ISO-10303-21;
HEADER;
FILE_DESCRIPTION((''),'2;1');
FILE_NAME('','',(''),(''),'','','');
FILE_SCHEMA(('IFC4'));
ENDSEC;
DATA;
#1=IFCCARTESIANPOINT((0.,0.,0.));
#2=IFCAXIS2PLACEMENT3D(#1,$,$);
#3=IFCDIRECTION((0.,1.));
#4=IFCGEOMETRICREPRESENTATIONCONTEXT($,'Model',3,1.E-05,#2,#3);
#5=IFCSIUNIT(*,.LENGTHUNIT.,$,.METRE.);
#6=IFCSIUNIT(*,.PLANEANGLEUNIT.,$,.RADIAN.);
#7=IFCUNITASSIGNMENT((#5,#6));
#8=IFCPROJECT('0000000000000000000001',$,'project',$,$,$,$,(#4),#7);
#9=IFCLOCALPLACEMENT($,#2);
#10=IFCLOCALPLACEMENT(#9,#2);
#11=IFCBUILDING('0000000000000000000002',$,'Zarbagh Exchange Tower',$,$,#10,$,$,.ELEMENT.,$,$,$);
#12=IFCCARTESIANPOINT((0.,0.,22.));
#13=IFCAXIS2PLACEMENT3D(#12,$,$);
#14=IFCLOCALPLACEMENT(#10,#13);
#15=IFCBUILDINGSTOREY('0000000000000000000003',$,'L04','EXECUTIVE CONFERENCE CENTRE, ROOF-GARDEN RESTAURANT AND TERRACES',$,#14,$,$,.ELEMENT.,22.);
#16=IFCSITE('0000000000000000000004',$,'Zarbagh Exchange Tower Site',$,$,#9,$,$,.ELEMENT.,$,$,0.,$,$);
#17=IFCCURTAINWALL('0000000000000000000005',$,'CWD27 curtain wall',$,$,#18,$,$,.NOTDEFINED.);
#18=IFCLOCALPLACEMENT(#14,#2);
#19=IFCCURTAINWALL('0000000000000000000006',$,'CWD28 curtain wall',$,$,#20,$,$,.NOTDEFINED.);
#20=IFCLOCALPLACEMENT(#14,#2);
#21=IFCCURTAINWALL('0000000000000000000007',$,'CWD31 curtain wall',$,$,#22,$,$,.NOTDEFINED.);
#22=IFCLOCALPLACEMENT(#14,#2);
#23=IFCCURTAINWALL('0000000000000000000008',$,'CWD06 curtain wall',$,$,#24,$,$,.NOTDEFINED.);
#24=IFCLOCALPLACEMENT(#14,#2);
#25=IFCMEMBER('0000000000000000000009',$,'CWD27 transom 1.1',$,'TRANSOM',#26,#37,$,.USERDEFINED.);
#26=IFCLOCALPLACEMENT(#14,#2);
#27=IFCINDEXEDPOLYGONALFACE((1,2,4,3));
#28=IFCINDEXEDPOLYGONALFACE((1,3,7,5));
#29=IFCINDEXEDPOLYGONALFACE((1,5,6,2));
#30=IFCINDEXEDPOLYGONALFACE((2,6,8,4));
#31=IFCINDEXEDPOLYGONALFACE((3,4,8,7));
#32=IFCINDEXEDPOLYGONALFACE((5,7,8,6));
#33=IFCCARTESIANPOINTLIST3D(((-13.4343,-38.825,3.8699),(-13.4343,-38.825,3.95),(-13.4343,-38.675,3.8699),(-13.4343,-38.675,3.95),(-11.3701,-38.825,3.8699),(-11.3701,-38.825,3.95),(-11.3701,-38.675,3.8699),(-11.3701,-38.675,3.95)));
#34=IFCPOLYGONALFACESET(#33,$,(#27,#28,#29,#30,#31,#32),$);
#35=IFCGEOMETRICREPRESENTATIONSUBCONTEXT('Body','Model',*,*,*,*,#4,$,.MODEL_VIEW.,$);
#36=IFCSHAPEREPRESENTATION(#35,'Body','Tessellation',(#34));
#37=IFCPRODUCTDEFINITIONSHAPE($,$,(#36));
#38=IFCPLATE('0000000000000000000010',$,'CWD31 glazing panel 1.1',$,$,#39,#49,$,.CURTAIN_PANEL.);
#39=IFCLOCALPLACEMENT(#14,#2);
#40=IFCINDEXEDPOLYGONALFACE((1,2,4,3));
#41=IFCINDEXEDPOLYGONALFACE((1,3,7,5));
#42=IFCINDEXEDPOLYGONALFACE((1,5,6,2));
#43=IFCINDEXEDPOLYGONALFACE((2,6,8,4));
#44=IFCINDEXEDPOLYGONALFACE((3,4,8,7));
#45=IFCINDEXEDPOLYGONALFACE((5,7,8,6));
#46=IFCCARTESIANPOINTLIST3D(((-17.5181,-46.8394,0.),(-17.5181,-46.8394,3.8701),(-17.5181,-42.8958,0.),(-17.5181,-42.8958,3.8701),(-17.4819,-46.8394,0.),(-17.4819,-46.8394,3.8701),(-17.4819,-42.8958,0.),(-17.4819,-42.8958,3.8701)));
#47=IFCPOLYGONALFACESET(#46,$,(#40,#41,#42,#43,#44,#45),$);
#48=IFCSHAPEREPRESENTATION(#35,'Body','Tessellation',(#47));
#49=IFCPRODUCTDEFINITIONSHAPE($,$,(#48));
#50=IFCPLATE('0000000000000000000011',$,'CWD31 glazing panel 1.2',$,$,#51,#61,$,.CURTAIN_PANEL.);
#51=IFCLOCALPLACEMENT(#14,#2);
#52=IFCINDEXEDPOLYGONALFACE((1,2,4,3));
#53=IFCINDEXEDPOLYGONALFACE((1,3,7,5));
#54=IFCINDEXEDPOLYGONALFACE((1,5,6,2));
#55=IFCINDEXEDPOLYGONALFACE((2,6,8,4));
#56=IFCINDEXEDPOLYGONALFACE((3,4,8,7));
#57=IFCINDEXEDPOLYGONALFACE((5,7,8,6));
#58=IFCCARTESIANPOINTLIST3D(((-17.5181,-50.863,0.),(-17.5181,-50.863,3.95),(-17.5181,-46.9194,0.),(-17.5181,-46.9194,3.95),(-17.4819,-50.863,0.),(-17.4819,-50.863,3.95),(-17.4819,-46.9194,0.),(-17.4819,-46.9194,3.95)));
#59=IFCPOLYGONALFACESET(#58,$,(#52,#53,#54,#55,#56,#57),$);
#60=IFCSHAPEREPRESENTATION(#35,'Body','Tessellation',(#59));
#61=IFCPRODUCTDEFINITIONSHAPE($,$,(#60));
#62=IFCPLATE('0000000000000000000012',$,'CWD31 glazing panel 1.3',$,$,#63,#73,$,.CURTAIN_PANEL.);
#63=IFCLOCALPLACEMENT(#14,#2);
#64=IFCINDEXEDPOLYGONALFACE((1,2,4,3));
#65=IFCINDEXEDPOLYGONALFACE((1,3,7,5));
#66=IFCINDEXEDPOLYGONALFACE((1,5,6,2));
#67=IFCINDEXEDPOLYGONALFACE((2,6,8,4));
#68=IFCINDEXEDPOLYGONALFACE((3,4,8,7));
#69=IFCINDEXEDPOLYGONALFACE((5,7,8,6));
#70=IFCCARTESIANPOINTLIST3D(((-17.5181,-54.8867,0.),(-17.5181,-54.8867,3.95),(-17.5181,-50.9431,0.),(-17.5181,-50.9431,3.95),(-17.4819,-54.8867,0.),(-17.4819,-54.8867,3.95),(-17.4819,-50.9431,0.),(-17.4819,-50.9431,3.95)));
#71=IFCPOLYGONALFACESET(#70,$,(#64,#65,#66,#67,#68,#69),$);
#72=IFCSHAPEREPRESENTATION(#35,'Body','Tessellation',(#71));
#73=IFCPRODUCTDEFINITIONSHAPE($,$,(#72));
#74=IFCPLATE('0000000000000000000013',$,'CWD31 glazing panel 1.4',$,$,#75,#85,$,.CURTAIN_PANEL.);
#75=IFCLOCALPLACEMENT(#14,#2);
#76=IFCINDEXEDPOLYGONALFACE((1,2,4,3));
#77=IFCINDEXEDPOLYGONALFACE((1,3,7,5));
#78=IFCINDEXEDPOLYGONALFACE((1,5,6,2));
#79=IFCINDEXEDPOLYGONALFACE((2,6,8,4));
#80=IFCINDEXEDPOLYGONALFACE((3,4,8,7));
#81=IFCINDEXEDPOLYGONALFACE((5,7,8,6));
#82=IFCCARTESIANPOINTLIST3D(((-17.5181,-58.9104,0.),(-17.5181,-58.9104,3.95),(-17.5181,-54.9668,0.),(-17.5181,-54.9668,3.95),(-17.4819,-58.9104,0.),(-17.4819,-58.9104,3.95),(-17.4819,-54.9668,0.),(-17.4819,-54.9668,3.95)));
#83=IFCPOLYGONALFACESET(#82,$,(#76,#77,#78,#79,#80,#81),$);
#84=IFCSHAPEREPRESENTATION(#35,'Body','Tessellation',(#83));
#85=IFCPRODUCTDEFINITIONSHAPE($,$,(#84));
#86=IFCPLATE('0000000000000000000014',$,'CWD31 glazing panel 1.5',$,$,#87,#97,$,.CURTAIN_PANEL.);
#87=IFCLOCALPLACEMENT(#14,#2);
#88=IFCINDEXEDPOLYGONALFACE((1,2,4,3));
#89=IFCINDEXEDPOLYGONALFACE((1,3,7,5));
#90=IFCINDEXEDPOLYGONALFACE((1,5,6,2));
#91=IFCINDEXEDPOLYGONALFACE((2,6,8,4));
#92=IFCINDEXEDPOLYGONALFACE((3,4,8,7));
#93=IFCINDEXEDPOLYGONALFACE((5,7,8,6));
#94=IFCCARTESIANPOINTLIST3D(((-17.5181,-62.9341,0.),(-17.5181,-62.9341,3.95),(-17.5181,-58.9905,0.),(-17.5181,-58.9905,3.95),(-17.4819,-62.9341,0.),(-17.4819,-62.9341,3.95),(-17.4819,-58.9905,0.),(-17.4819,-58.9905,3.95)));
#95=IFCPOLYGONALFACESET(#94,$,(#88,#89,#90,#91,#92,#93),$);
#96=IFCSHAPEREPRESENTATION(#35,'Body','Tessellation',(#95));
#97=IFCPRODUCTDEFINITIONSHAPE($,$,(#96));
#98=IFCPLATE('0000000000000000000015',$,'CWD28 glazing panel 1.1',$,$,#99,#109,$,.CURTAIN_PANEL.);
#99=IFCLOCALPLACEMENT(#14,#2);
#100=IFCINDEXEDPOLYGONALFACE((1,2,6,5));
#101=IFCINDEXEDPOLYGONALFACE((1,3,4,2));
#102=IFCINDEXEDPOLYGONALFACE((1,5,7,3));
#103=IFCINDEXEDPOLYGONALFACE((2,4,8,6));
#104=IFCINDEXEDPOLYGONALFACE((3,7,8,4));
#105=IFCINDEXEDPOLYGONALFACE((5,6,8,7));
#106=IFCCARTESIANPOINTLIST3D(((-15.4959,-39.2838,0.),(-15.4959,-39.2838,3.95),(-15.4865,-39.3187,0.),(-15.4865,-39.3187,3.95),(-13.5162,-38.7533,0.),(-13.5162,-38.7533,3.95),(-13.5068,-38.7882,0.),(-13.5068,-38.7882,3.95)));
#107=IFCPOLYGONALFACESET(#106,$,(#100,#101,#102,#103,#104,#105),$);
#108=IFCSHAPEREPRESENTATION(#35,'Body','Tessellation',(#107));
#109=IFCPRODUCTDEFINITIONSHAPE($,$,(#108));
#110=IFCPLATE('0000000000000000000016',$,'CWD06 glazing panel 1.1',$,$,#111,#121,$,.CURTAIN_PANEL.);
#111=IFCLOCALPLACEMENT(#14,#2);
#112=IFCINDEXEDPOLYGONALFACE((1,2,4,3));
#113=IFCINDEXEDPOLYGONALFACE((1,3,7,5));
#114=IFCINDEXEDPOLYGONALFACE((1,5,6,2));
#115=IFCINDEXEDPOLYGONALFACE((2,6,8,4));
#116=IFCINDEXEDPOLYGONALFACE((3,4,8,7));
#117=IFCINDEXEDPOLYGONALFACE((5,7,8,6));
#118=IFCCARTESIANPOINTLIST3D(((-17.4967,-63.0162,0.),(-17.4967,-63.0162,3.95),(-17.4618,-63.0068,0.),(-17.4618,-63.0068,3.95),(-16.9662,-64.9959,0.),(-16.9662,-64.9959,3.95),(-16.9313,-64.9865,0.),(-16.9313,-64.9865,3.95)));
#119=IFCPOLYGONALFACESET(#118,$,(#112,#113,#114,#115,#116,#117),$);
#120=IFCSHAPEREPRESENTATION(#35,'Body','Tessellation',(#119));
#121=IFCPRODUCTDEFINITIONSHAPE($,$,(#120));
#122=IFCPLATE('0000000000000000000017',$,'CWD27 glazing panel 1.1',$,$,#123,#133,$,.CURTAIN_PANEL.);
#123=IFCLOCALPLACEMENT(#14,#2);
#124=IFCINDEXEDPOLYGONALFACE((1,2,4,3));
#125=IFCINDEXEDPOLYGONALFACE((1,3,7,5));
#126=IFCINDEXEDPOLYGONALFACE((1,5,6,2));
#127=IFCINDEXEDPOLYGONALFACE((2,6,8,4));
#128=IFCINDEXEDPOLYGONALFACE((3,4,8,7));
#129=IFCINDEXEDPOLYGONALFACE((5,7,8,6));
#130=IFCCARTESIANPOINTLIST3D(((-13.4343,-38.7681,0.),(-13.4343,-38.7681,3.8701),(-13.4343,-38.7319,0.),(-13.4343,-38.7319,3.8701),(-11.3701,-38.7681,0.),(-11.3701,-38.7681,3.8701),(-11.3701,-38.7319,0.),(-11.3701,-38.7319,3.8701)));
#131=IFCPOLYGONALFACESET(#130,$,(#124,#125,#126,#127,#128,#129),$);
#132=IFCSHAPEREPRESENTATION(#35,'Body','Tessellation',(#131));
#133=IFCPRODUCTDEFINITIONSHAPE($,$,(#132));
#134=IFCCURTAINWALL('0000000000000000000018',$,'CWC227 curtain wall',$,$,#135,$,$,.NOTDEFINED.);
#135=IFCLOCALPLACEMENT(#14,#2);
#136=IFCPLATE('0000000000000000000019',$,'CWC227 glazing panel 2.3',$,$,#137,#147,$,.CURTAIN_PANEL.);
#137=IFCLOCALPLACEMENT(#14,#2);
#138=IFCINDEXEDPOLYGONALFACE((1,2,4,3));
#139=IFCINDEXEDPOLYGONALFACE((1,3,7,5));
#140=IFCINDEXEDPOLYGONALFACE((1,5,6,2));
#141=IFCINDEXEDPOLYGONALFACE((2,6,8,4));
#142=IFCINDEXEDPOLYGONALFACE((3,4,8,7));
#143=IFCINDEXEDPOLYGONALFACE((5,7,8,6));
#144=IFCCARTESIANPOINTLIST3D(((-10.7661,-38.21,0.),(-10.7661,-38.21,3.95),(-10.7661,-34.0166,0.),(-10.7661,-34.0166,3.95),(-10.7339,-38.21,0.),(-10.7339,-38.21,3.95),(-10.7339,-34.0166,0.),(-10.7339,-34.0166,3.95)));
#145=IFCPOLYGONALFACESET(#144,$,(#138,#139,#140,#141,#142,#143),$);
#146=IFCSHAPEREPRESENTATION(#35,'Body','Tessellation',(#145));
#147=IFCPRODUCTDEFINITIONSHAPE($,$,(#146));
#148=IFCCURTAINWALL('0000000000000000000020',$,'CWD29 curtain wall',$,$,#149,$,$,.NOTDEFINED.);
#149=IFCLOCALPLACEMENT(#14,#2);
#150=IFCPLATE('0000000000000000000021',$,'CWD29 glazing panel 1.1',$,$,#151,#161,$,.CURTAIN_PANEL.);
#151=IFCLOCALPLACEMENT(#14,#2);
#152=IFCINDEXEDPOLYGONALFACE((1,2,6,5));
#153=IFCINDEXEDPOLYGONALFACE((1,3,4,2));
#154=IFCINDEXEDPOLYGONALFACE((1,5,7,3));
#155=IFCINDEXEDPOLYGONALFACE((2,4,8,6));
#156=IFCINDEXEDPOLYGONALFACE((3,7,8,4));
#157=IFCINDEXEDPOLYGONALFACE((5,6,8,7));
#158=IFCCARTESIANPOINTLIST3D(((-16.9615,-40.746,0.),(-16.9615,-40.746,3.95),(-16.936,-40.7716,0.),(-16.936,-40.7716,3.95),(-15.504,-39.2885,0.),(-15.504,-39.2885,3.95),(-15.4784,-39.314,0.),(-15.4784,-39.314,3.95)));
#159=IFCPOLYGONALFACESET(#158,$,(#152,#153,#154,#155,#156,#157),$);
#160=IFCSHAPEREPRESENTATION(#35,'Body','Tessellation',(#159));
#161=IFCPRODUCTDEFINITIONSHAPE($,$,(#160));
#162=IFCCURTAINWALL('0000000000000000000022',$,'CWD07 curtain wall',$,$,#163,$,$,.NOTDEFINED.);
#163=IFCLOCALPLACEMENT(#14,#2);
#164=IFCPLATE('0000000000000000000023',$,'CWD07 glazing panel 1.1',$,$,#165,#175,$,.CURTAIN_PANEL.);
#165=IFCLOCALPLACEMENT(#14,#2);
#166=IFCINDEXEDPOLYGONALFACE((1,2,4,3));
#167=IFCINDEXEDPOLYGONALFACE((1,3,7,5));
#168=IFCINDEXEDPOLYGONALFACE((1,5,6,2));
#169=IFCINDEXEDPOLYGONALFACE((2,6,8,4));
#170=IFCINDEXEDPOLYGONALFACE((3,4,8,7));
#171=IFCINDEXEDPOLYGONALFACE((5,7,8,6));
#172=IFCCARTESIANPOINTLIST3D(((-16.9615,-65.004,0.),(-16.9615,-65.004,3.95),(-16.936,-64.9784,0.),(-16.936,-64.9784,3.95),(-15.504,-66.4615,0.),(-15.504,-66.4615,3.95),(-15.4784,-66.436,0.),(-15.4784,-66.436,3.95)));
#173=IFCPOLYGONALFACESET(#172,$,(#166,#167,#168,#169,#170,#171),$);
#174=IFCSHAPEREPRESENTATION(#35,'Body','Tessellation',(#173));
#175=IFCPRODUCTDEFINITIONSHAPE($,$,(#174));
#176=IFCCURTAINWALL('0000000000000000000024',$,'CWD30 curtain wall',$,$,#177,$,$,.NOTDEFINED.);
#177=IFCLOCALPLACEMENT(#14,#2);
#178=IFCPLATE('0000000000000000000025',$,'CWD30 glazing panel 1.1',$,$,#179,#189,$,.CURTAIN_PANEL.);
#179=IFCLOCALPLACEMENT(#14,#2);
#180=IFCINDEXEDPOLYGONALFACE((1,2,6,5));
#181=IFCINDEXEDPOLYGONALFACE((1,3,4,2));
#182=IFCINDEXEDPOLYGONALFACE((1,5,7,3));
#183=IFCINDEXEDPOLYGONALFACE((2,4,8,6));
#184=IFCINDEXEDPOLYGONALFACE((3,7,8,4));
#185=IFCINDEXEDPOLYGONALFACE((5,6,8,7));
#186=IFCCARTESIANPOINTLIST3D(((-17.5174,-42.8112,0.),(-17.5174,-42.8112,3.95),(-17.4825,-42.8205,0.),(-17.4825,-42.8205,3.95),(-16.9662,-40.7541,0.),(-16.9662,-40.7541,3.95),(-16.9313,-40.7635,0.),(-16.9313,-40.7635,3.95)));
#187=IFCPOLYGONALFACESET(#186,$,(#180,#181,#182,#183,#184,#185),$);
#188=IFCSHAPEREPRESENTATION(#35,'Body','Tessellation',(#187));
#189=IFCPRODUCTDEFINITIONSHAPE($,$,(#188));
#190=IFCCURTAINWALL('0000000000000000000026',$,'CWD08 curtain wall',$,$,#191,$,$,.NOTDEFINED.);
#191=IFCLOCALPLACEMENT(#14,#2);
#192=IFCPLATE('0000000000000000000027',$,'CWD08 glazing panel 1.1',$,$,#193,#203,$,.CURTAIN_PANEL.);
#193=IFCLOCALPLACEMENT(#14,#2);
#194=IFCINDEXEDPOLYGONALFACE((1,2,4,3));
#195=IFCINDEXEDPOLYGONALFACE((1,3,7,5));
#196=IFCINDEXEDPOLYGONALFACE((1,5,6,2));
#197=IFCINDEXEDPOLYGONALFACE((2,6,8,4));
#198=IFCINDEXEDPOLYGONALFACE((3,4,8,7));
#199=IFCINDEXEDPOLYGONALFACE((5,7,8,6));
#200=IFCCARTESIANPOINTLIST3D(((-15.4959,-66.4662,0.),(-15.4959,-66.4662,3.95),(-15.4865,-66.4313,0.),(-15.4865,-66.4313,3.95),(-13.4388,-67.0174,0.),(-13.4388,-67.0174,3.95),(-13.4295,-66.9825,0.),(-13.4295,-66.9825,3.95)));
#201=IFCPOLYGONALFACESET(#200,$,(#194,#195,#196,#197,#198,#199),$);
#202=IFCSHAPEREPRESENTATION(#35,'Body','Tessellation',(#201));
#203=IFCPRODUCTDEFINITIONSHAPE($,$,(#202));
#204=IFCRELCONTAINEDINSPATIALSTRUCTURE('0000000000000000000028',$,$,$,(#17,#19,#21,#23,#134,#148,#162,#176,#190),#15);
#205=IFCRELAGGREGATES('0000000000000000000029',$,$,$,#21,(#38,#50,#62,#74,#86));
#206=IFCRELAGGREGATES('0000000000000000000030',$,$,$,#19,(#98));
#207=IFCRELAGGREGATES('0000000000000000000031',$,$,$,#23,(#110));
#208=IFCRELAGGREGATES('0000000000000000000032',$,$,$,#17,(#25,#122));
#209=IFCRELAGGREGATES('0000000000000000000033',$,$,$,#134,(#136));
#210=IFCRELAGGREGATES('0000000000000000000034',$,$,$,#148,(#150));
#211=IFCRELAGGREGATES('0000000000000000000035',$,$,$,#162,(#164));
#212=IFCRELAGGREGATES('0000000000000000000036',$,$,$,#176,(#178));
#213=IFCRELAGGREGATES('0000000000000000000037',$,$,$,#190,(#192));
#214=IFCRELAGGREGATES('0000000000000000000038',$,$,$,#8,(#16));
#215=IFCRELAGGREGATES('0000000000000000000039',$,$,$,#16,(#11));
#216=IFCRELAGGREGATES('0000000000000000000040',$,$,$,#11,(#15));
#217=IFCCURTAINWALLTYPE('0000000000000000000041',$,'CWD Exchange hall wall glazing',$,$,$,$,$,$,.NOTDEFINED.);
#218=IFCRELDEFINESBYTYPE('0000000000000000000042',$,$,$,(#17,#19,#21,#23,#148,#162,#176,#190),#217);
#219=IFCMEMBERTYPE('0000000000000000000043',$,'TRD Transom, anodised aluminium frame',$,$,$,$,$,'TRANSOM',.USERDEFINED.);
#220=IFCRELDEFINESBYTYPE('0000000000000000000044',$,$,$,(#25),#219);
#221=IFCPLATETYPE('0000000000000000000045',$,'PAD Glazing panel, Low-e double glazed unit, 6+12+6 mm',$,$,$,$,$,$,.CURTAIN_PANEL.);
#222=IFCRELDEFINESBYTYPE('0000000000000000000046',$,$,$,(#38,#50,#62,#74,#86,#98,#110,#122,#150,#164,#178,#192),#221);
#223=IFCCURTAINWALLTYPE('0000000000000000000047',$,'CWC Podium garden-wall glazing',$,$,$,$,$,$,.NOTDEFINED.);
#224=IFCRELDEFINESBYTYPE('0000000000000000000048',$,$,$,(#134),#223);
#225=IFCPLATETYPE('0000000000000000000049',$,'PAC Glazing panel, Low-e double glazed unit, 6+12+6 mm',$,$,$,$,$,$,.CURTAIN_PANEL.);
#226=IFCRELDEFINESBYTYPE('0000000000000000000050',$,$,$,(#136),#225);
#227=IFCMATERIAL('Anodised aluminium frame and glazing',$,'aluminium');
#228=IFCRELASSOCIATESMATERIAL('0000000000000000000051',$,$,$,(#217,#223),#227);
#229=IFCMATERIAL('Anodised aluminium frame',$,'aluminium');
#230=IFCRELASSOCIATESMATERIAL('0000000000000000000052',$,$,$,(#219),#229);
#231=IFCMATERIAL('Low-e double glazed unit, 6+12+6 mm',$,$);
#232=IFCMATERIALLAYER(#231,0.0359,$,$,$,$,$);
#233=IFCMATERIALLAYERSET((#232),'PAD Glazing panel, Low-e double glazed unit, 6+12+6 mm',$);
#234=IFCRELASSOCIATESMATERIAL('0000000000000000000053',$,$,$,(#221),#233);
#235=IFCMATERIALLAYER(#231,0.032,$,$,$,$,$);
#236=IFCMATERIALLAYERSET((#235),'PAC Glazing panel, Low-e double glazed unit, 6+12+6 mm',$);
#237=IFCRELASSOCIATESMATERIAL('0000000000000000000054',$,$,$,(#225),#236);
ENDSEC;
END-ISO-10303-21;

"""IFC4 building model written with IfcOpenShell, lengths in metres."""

from ifc_helpers import new_model, si_unit, direction, frame, origin, place, context, subcontext, project, spatial, polyline, outline, extrude, source, transform, mapped, material, layer, layer_set, type_object, element, aggregate, save


model = new_model("IFC4")

# Units and contexts
model_context = context("Model", 3, precision=1e-05, world=origin(), true_north=direction((0.0, 1.0)))
body_context = subcontext(model_context, "Body", "Model", "MODEL_VIEW")
ifc_project = project(units=[si_unit("LENGTHUNIT", "METRE"), si_unit("PLANEANGLEUNIT", "RADIAN")], contexts=[model_context])

# Site, building, storey
site_placement = place(None, origin())
site = spatial("IfcSite", under=ifc_project, at=site_placement, Name="Zarbagh Exchange Tower Site", CompositionType="ELEMENT", RefElevation=0.0)
building_placement = place(site_placement, origin())
building = spatial("IfcBuilding", under=site, at=building_placement, Name="Zarbagh Exchange Tower", CompositionType="ELEMENT")
storey_placement = place(building_placement, frame((0.0, 0.0, 22.0)))
storey = spatial("IfcBuildingStorey", under=building, at=storey_placement, Name="L04", Description="EXECUTIVE CONFERENCE CENTRE, ROOF-GARDEN RESTAURANT AND TERRACES", CompositionType="ELEMENT", Elevation=22.0)

# Curtain walls
ifc_material_1 = material(Name="Anodised aluminium frame and glazing", Category="aluminium")
curtain_wall_type_1 = type_object("IfcCurtainWallType", Name="CWD Exchange hall wall glazing", PredefinedType="NOTDEFINED", material=ifc_material_1)
ifc_material_2 = material(Name="Anodised aluminium frame", Category="aluminium")
member_type_1 = type_object("IfcMemberType", Name="TRD Transom, anodised aluminium frame", ElementType="TRANSOM", PredefinedType="USERDEFINED", material=ifc_material_2)
placement = place(storey_placement, origin())
curtain_wall_1_placement = place(storey_placement, origin())
curtain_wall_1 = element("IfcCurtainWall", 1, at=curtain_wall_1_placement, inside=storey, type_object=curtain_wall_type_1, Name="CWD27 curtain wall", PredefinedType="NOTDEFINED")
curtain_wall_2_placement = place(storey_placement, origin())
curtain_wall_2 = element("IfcCurtainWall", 2, at=curtain_wall_2_placement, inside=storey, type_object=curtain_wall_type_1, Name="CWD28 curtain wall", PredefinedType="NOTDEFINED")

# Curtain wall
curtain_wall_3_placement = place(storey_placement, origin())
curtain_wall_3 = element("IfcCurtainWall", 3, at=curtain_wall_3_placement, inside=storey, type_object=curtain_wall_type_1, Name="CWD31 curtain wall", PredefinedType="NOTDEFINED")

# Curtain wall
curtain_wall_4_placement = place(storey_placement, origin())
curtain_wall_4 = element("IfcCurtainWall", 4, at=curtain_wall_4_placement, inside=storey, type_object=curtain_wall_type_1, Name="CWD06 curtain wall", PredefinedType="NOTDEFINED")

# Member
shared_shape_1 = source(origin(), body_context, "Body", "SweptSolid", [
    extrude(outline(polyline([(-0.0801, -0.075), (0.0, -0.075), (0.0, 0.075), (-0.0801, 0.075), (-0.0801, -0.075)])), origin(), (0.0, 0.0, 1.0), 2.0642),
])
member_1 = element("IfcMember", 5, at=placement, type_object=member_type_1, Name="CWD27 transom 1.1", ObjectType="TRANSOM", PredefinedType="USERDEFINED", context=body_context, shape_type="MappedRepresentation", body=[
    mapped(shared_shape_1, transform((-11.3701, -38.75, 3.95), x_axis=(0.0, 0.0, 1.0), y_axis=(0.0, 1.0, 0.0), z_axis=(-1.0, 0.0, 0.0))),
])

# Plates
ifc_material_3 = material(Name="Low-e double glazed unit, 6+12+6 mm")
ifc_layer_1 = layer(ifc_material_3, 0.0359)
ifc_layer_set_1 = layer_set([ifc_layer_1], Name="PAD Glazing panel, Low-e double glazed unit, 6+12+6 mm")
plate_type_1 = type_object("IfcPlateType", Name="PAD Glazing panel, Low-e double glazed unit, 6+12+6 mm", PredefinedType="CURTAIN_PANEL", material=ifc_layer_set_1)
shared_shape_2 = source(origin(), body_context, "Body", "SweptSolid", [
    extrude(outline(polyline([(0.0, -0.0181), (3.9436, -0.0181), (3.9436, 0.0181), (0.0, 0.0181), (0.0, -0.0181)])), origin(), (0.0, 0.0, 1.0), 3.8701),
])
plate_1 = element("IfcPlate", 6, at=placement, type_object=plate_type_1, Name="CWD31 glazing panel 1.1", PredefinedType="CURTAIN_PANEL", context=body_context, shape_type="MappedRepresentation", body=[
    mapped(shared_shape_2, transform((-17.5, -42.8958, 0.0), x_axis=(0.0, -1.0, 0.0), y_axis=(1.0, 0.0, 0.0), z_axis=(0.0, 0.0, 1.0))),
])
shared_shape_3 = source(origin(), body_context, "Body", "SweptSolid", [
    extrude(outline(polyline([(0.0, -0.0181), (3.9436, -0.0181), (3.9436, 0.0181), (0.0, 0.0181), (0.0, -0.0181)])), origin(), (0.0, 0.0, 1.0), 3.95),
])
plate_2 = element("IfcPlate", 7, at=placement, type_object=plate_type_1, Name="CWD31 glazing panel 1.2", PredefinedType="CURTAIN_PANEL", context=body_context, shape_type="MappedRepresentation", body=[
    mapped(shared_shape_3, transform((-17.5, -46.9194, 0.0), x_axis=(0.0, -1.0, 0.0), y_axis=(1.0, 0.0, 0.0), z_axis=(0.0, 0.0, 1.0))),
])
plate_3 = element("IfcPlate", 8, at=placement, type_object=plate_type_1, Name="CWD31 glazing panel 1.3", PredefinedType="CURTAIN_PANEL", context=body_context, shape_type="MappedRepresentation", body=[
    mapped(shared_shape_3, transform((-17.5, -50.9431, 0.0), x_axis=(0.0, -1.0, 0.0), y_axis=(1.0, 0.0, 0.0), z_axis=(0.0, 0.0, 1.0))),
])
plate_4 = element("IfcPlate", 9, at=placement, type_object=plate_type_1, Name="CWD31 glazing panel 1.4", PredefinedType="CURTAIN_PANEL", context=body_context, shape_type="MappedRepresentation", body=[
    mapped(shared_shape_3, transform((-17.5, -54.9668, 0.0), x_axis=(0.0, -1.0, 0.0), y_axis=(1.0, 0.0, 0.0), z_axis=(0.0, 0.0, 1.0))),
])
plate_5 = element("IfcPlate", 10, at=placement, type_object=plate_type_1, Name="CWD31 glazing panel 1.5", PredefinedType="CURTAIN_PANEL", context=body_context, shape_type="MappedRepresentation", body=[
    mapped(shared_shape_3, transform((-17.5, -58.9905, 0.0), x_axis=(0.0, -1.0, 0.0), y_axis=(1.0, 0.0, 0.0), z_axis=(0.0, 0.0, 1.0))),
])
aggregate(curtain_wall_3, [plate_1, plate_2, plate_3, plate_4, plate_5])
shared_shape_4 = source(origin(), body_context, "Body", "SweptSolid", [
    extrude(outline(polyline([(0.0, -0.0181), (2.0496, -0.0181), (2.0496, 0.0181), (0.0, 0.0181), (0.0, -0.0181)])), origin(), (0.0, 0.0, 1.0), 3.95),
])
plate_6 = element("IfcPlate", 11, at=placement, type_object=plate_type_1, Name="CWD28 glazing panel 1.1", PredefinedType="CURTAIN_PANEL", context=body_context, shape_type="MappedRepresentation", body=[
    mapped(shared_shape_4, transform((-13.5115, -38.7708, 0.0), x_axis=(-0.965924, -0.258825, 0.0), y_axis=(0.258825, -0.965924, 0.0), z_axis=(0.0, 0.0, 1.0))),
])
aggregate(curtain_wall_2, [plate_6])
plate_7 = element("IfcPlate", 12, at=placement, type_object=plate_type_1, Name="CWD06 glazing panel 1.1", PredefinedType="CURTAIN_PANEL", context=body_context, shape_type="MappedRepresentation", body=[
    mapped(shared_shape_4, transform((-17.4792, -63.0115, 0.0), x_axis=(0.258825, -0.965924, 0.0), y_axis=(0.965924, 0.258825, 0.0), z_axis=(0.0, 0.0, 1.0))),
])
aggregate(curtain_wall_4, [plate_7])
shared_shape_5 = source(origin(), body_context, "Body", "SweptSolid", [
    extrude(outline(polyline([(0.0, -0.0181), (2.0642, -0.0181), (2.0642, 0.0181), (0.0, 0.0181), (0.0, -0.0181)])), origin(), (0.0, 0.0, 1.0), 3.8701),
])
plate_8 = element("IfcPlate", 13, at=placement, type_object=plate_type_1, Name="CWD27 glazing panel 1.1", PredefinedType="CURTAIN_PANEL", context=body_context, shape_type="MappedRepresentation", body=[
    mapped(shared_shape_5, transform((-11.3701, -38.75, 0.0), x_axis=(-1.0, 0.0, 0.0), y_axis=(0.0, -1.0, 0.0), z_axis=(0.0, 0.0, 1.0))),
])
aggregate(curtain_wall_1, [member_1, plate_8])

# Curtain walls, plates
curtain_wall_type_2 = type_object("IfcCurtainWallType", Name="CWC Podium garden-wall glazing", PredefinedType="NOTDEFINED", material=ifc_material_1)
curtain_wall_5_placement = place(storey_placement, origin())
curtain_wall_5 = element("IfcCurtainWall", 14, at=curtain_wall_5_placement, inside=storey, type_object=curtain_wall_type_2, Name="CWC227 curtain wall", PredefinedType="NOTDEFINED")
ifc_layer_2 = layer(ifc_material_3, 0.032)
ifc_layer_set_2 = layer_set([ifc_layer_2], Name="PAC Glazing panel, Low-e double glazed unit, 6+12+6 mm")
plate_type_2 = type_object("IfcPlateType", Name="PAC Glazing panel, Low-e double glazed unit, 6+12+6 mm", PredefinedType="CURTAIN_PANEL", material=ifc_layer_set_2)
shared_shape_6 = source(origin(), body_context, "Body", "SweptSolid", [
    extrude(outline(polyline([(0.0, -0.0161), (4.1934, -0.0161), (4.1934, 0.0161), (0.0, 0.0161), (0.0, -0.0161)])), origin(), (0.0, 0.0, 1.0), 3.95),
])
plate_9 = element("IfcPlate", 15, at=placement, type_object=plate_type_2, Name="CWC227 glazing panel 2.3", PredefinedType="CURTAIN_PANEL", context=body_context, shape_type="MappedRepresentation", body=[
    mapped(shared_shape_6, transform((-10.75, -34.0166, 0.0), x_axis=(0.0, -1.0, 0.0), y_axis=(1.0, 0.0, 0.0), z_axis=(0.0, 0.0, 1.0))),
])
aggregate(curtain_wall_5, [plate_9])
curtain_wall_6_placement = place(storey_placement, origin())
curtain_wall_6 = element("IfcCurtainWall", 16, at=curtain_wall_6_placement, inside=storey, type_object=curtain_wall_type_1, Name="CWD29 curtain wall", PredefinedType="NOTDEFINED")
shared_shape_7 = source(origin(), body_context, "Body", "SweptSolid", [
    extrude(outline(polyline([(0.0, -0.0181), (2.0613, -0.0181), (2.0613, 0.0181), (0.0, 0.0181), (0.0, -0.0181)])), origin(), (0.0, 0.0, 1.0), 3.95),
])
plate_10 = element("IfcPlate", 17, at=placement, type_object=plate_type_1, Name="CWD29 glazing panel 1.1", PredefinedType="CURTAIN_PANEL", context=body_context, shape_type="MappedRepresentation", body=[
    mapped(shared_shape_7, transform((-15.4912, -39.3013, 0.0), x_axis=(-0.707107, -0.707107, 0.0), y_axis=(0.707107, -0.707107, 0.0), z_axis=(0.0, 0.0, 1.0))),
])
aggregate(curtain_wall_6, [plate_10])
curtain_wall_7_placement = place(storey_placement, origin())
curtain_wall_7 = element("IfcCurtainWall", 18, at=curtain_wall_7_placement, inside=storey, type_object=curtain_wall_type_1, Name="CWD07 curtain wall", PredefinedType="NOTDEFINED")
plate_11 = element("IfcPlate", 19, at=placement, type_object=plate_type_1, Name="CWD07 glazing panel 1.1", PredefinedType="CURTAIN_PANEL", context=body_context, shape_type="MappedRepresentation", body=[
    mapped(shared_shape_7, transform((-16.9487, -64.9912, 0.0), x_axis=(0.707107, -0.707107, 0.0), y_axis=(0.707107, 0.707107, 0.0), z_axis=(0.0, 0.0, 1.0))),
])
aggregate(curtain_wall_7, [plate_11])
curtain_wall_8_placement = place(storey_placement, origin())
curtain_wall_8 = element("IfcCurtainWall", 20, at=curtain_wall_8_placement, inside=storey, type_object=curtain_wall_type_1, Name="CWD30 curtain wall", PredefinedType="NOTDEFINED")
shared_shape_8 = source(origin(), body_context, "Body", "SweptSolid", [
    extrude(outline(polyline([(0.0, -0.0181), (2.1296, -0.0181), (2.1296, 0.0181), (0.0, 0.0181), (0.0, -0.0181)])), origin(), (0.0, 0.0, 1.0), 3.95),
])
plate_12 = element("IfcPlate", 21, at=placement, type_object=plate_type_1, Name="CWD30 glazing panel 1.1", PredefinedType="CURTAIN_PANEL", context=body_context, shape_type="MappedRepresentation", body=[
    mapped(shared_shape_8, transform((-16.9487, -40.7588, 0.0), x_axis=(-0.258825, -0.965924, 0.0), y_axis=(0.965924, -0.258825, 0.0), z_axis=(0.0, 0.0, 1.0))),
])
aggregate(curtain_wall_8, [plate_12])
curtain_wall_9_placement = place(storey_placement, origin())
curtain_wall_9 = element("IfcCurtainWall", 22, at=curtain_wall_9_placement, inside=storey, type_object=curtain_wall_type_1, Name="CWD08 curtain wall", PredefinedType="NOTDEFINED")
plate_13 = element("IfcPlate", 23, at=placement, type_object=plate_type_1, Name="CWD08 glazing panel 1.1", PredefinedType="CURTAIN_PANEL", context=body_context, shape_type="MappedRepresentation", body=[
    mapped(shared_shape_8, transform((-15.4912, -66.4487, 0.0), x_axis=(0.965924, -0.258825, 0.0), y_axis=(0.258825, 0.965924, 0.0), z_axis=(0.0, 0.0, 1.0))),
])
aggregate(curtain_wall_9, [plate_13])

save(model, "model.ifc")
